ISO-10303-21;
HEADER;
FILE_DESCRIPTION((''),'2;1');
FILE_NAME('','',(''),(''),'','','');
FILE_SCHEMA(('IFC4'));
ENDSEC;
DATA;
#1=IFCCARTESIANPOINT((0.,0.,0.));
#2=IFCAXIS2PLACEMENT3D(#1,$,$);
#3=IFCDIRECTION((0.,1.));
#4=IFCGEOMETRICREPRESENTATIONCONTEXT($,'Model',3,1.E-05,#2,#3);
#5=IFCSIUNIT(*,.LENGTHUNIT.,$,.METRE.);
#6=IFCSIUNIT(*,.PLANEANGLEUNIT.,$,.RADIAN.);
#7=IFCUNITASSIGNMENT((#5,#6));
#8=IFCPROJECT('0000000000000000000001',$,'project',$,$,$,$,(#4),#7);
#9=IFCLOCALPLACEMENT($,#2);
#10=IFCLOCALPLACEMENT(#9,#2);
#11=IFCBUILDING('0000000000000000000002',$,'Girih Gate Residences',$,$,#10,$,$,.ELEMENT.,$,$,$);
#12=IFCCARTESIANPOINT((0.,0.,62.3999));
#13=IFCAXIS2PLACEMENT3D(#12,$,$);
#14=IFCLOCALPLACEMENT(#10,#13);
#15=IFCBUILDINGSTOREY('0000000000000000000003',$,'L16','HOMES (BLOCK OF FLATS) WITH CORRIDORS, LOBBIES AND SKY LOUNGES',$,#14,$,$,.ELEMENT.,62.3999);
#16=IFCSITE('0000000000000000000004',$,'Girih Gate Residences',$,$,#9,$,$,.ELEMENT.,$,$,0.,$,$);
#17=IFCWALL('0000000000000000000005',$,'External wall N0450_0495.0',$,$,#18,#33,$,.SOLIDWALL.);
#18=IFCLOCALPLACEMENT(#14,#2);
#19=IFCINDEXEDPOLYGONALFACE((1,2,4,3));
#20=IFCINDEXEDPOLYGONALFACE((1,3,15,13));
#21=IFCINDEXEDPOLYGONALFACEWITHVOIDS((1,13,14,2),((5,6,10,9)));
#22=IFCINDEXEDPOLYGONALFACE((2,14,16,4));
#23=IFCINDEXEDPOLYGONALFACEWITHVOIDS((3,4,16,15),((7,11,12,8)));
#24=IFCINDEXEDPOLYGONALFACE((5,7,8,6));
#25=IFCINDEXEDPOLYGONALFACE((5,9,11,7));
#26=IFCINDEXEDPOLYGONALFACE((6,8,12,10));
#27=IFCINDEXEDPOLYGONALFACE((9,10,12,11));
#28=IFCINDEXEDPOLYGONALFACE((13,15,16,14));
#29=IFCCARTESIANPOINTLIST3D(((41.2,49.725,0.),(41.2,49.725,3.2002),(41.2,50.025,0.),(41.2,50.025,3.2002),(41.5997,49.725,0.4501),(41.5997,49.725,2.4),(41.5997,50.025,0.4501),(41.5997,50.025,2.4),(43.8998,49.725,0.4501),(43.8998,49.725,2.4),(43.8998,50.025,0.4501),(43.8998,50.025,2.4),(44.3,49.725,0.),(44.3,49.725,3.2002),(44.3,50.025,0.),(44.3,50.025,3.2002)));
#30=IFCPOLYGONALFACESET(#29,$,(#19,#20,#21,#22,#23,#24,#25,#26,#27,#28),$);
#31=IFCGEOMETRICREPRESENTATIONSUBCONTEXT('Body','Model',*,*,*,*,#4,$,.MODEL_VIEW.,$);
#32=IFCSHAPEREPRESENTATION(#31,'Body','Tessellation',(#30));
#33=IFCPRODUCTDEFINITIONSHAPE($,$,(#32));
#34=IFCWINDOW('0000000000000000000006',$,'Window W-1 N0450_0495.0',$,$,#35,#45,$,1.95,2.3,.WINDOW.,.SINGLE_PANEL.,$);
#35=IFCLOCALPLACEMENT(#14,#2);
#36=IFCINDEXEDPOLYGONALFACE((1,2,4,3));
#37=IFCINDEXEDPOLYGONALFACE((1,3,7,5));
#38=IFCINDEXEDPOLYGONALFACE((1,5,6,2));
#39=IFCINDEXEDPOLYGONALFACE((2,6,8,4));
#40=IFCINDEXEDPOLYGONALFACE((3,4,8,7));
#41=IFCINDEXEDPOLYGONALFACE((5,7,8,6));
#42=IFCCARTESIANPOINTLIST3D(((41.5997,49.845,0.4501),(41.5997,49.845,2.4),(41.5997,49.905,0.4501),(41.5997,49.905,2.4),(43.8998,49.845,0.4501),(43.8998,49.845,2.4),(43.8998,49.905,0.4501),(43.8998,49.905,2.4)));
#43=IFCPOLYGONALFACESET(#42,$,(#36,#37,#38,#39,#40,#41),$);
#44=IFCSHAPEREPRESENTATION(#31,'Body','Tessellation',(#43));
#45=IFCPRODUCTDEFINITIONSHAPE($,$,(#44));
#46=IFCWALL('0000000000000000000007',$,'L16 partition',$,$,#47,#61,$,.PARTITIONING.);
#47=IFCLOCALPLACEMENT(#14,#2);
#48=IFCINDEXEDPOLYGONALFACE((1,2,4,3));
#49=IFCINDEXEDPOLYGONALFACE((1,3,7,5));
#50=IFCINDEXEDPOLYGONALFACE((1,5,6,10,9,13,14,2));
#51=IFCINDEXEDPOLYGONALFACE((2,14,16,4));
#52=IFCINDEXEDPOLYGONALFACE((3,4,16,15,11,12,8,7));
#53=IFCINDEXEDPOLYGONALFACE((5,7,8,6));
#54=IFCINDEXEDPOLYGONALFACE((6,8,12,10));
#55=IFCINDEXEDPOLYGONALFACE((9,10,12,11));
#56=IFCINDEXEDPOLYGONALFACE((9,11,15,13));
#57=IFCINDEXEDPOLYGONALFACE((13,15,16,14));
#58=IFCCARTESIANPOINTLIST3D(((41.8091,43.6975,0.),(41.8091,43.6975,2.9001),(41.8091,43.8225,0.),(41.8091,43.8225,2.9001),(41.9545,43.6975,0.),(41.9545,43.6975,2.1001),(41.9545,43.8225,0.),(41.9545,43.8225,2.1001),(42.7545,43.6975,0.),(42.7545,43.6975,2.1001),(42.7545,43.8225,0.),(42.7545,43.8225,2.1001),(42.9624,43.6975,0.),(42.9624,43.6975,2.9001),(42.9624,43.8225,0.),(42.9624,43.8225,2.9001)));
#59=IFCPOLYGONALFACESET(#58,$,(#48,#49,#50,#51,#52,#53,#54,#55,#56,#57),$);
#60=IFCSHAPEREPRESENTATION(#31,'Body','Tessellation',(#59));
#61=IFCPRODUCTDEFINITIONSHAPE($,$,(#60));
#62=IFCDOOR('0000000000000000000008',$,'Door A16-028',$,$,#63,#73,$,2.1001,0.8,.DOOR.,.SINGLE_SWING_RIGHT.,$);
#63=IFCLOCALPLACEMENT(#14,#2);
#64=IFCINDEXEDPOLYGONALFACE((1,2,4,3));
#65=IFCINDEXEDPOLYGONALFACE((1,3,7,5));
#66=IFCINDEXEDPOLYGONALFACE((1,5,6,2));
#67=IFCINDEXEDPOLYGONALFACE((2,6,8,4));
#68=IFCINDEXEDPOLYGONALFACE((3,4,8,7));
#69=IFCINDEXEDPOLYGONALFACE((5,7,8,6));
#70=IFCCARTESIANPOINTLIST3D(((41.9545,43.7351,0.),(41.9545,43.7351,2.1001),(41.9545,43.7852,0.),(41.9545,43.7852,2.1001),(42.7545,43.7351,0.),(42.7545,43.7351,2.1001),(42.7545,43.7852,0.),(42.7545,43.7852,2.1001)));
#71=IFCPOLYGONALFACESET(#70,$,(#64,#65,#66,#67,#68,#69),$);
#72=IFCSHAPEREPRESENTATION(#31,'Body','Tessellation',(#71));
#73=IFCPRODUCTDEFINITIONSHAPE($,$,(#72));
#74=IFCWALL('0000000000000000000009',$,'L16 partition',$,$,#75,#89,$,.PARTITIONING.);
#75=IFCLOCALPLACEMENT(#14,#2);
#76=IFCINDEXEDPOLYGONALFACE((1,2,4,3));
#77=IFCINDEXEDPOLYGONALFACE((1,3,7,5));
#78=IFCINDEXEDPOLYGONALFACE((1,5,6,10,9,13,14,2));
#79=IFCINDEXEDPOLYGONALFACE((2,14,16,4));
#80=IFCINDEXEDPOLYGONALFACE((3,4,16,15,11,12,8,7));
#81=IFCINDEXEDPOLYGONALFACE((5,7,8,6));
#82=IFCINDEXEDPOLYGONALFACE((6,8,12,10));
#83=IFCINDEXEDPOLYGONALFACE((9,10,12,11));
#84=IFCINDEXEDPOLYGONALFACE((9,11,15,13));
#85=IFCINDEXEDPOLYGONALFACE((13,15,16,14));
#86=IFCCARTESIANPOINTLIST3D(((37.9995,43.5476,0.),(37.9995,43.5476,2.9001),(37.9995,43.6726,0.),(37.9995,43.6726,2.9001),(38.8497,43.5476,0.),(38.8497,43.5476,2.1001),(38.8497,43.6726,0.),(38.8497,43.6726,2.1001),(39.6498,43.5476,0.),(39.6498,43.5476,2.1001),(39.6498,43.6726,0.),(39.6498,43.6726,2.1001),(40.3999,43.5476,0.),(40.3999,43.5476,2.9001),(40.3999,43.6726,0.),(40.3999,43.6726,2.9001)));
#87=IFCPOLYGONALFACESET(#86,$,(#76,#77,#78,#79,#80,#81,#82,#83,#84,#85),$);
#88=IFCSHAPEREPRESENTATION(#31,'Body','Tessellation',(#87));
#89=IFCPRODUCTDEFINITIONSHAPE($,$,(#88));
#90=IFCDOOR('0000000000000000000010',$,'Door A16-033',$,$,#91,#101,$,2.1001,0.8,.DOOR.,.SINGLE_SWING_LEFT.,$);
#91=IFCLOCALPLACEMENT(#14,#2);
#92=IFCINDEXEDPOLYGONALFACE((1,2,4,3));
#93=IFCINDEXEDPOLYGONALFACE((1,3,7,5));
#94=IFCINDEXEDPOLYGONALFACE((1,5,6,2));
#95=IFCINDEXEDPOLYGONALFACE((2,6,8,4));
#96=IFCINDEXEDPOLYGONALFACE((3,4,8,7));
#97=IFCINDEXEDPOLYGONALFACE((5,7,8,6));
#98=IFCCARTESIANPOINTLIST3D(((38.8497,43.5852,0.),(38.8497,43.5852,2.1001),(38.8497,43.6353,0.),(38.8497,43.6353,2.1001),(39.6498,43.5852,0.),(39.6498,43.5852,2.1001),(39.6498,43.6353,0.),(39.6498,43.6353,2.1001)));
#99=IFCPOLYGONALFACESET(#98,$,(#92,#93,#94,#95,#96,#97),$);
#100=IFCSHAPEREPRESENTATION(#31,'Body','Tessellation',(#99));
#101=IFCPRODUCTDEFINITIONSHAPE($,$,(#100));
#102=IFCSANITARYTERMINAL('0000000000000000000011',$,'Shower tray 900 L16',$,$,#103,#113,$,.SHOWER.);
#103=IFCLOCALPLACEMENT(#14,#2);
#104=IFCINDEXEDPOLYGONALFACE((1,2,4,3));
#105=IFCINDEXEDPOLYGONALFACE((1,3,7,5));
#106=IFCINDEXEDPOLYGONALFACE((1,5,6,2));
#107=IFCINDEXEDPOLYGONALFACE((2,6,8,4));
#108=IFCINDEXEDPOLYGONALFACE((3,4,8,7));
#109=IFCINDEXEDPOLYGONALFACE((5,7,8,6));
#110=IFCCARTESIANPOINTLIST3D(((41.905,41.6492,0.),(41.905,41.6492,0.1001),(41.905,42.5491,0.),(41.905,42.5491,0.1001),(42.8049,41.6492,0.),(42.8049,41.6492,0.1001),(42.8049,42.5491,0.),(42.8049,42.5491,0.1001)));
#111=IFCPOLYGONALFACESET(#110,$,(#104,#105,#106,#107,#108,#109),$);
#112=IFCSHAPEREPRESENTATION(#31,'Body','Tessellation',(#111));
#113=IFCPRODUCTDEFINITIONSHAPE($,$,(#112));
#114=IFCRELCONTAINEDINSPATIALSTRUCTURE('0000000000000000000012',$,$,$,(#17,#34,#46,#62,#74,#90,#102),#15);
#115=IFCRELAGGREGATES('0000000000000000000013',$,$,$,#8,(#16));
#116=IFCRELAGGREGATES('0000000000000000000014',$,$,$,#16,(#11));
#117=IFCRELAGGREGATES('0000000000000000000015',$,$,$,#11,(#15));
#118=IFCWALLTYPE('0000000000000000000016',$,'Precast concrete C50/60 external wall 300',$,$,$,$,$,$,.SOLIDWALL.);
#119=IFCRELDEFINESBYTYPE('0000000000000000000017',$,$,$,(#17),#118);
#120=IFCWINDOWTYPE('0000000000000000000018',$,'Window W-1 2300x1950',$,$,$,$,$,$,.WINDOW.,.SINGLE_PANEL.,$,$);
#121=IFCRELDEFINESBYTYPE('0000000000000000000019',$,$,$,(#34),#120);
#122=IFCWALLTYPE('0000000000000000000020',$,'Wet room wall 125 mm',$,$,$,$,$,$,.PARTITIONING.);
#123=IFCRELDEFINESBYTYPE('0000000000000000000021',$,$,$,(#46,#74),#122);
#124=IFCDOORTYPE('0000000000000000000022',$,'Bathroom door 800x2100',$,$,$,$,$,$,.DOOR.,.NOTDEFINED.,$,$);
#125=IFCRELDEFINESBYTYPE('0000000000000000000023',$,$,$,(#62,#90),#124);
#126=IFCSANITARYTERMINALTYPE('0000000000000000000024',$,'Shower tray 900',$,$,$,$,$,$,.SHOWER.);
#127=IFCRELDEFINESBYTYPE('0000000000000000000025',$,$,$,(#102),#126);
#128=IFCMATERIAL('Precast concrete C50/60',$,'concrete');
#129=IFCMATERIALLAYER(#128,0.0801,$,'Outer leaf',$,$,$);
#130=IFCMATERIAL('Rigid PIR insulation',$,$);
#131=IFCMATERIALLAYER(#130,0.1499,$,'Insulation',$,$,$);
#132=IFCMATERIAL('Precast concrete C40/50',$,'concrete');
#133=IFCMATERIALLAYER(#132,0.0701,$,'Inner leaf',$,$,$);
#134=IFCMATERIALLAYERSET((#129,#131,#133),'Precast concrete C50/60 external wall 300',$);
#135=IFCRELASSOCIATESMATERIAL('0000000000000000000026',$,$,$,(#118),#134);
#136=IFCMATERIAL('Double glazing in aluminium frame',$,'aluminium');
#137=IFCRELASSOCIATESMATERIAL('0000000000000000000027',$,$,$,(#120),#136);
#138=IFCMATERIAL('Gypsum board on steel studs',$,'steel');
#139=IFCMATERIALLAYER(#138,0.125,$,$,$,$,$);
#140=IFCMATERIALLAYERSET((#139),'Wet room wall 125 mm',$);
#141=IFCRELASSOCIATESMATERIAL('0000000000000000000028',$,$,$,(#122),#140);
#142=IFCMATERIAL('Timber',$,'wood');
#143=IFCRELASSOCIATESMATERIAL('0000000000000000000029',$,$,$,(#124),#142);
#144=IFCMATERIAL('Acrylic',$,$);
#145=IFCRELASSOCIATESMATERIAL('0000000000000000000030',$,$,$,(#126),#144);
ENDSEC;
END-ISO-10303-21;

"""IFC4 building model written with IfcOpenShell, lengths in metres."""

from ifc_helpers import new_model, si_unit, direction, frame, frame_2d, origin, origin_2d, place, context, subcontext, project, spatial, rectangle, extrude, material, layer, layer_set, type_object, element, fill, save


model = new_model("IFC4")

# Units and contexts
model_context = context("Model", 3, precision=1e-05, world=origin(), true_north=direction((0.0, 1.0)))
body_context = subcontext(model_context, "Body", "Model", "MODEL_VIEW")
ifc_project = project(units=[si_unit("LENGTHUNIT", "METRE"), si_unit("PLANEANGLEUNIT", "RADIAN")], contexts=[model_context])

# Site, building, storey
site_placement = place(None, origin())
site = spatial("IfcSite", under=ifc_project, at=site_placement, Name="Girih Gate Residences", CompositionType="ELEMENT", RefElevation=0.0)
building_placement = place(site_placement, origin())
building = spatial("IfcBuilding", under=site, at=building_placement, Name="Girih Gate Residences", CompositionType="ELEMENT")
storey_placement = place(building_placement, frame((0.0, 0.0, 62.3999)))
storey = spatial("IfcBuildingStorey", under=building, at=storey_placement, Name="L16", Description="HOMES (BLOCK OF FLATS) WITH CORRIDORS, LOBBIES AND SKY LOUNGES", CompositionType="ELEMENT", Elevation=62.3999)

# Shared definitions
ifc_material_1 = material(Name="Gypsum board on steel studs", Category="steel")
ifc_material_2 = material(Name="Timber", Category="wood")

# Wall, opening, window
ifc_material_3 = material(Name="Precast concrete C50/60", Category="concrete")
ifc_layer_1 = layer(ifc_material_3, 0.0801, Name="Outer leaf")
ifc_material_4 = material(Name="Rigid PIR insulation")
ifc_layer_2 = layer(ifc_material_4, 0.1499, Name="Insulation")
ifc_material_5 = material(Name="Precast concrete C40/50", Category="concrete")
ifc_layer_3 = layer(ifc_material_5, 0.0701, Name="Inner leaf")
ifc_layer_set_1 = layer_set([ifc_layer_1, ifc_layer_2, ifc_layer_3], Name="Precast concrete C50/60 external wall 300")
wall_type_1 = type_object("IfcWallType", Name="Precast concrete C50/60 external wall 300", PredefinedType="SOLIDWALL", material=ifc_layer_set_1)
wall_1_placement = place(storey_placement, frame((41.2, 49.875, 0.0), z_axis=(0.0, 0.0, 1.0), x_axis=(1.0, 0.0, 0.0)))
wall_1 = element("IfcWall", 1, at=wall_1_placement, inside=storey, type_object=wall_type_1, Name="External wall N0450_0495.0", PredefinedType="SOLIDWALL", context=body_context, shape_type="SweptSolid", body=[
    extrude(rectangle(XDim=3.1001, YDim=0.3, at=frame_2d((1.55, 0.0))), origin(), (0.0, 0.0, 1.0), 3.2002),
])
opening_1_placement = place(wall_1_placement, frame((0.3999, 0.0, 0.45)))
opening_1 = element("IfcOpeningElement", 2, at=opening_1_placement, cuts=wall_1, PredefinedType="OPENING", context=body_context, shape_type="SweptSolid", body=[
    extrude(rectangle(XDim=2.3, YDim=1.95, at=frame_2d((1.1499, 0.9751))), frame((0.0, 0.1599, 0.0), z_axis=(0.0, -1.0, 0.0), x_axis=(1.0, 0.0, 0.0)), (0.0, 0.0, 1.0), 0.3201),
])
ifc_material_6 = material(Name="Double glazing in aluminium frame", Category="aluminium")
window_type = type_object("IfcWindowType", Name="Window W-1 2300x1950", PartitioningType="SINGLE_PANEL", PredefinedType="WINDOW", material=ifc_material_6)
window_placement = place(opening_1_placement, origin())
window = element("IfcWindow", 3, at=window_placement, inside=storey, type_object=window_type, Name="Window W-1 N0450_0495.0", OverallHeight=1.95, OverallWidth=2.3, PartitioningType="SINGLE_PANEL", PredefinedType="WINDOW", context=body_context, shape_type="SweptSolid", body=[
    extrude(rectangle(XDim=2.3, YDim=1.95, at=frame_2d((1.1499, 0.9751))), frame((0.0, 0.03, 0.0), z_axis=(0.0, -1.0, 0.0), x_axis=(1.0, 0.0, 0.0)), (0.0, 0.0, 1.0), 0.0601),
])
fill(opening_1, window)

# Walls, openings, doors
ifc_layer_4 = layer(ifc_material_1, 0.125)
ifc_layer_set_2 = layer_set([ifc_layer_4], Name="Wet room wall 125 mm")
wall_type_2 = type_object("IfcWallType", Name="Wet room wall 125 mm", PredefinedType="PARTITIONING", material=ifc_layer_set_2)
wall_2_placement = place(storey_placement, frame((42.9624, 43.76, 0.0), z_axis=(0.0, 0.0, 1.0), x_axis=(-1.0, 0.0, 0.0)))
wall_2 = element("IfcWall", 4, at=wall_2_placement, inside=storey, type_object=wall_type_2, Name="L16 partition", PredefinedType="PARTITIONING", context=body_context, shape_type="SweptSolid", body=[
    extrude(rectangle(XDim=1.1533, YDim=0.125, at=frame_2d((0.5767, 0.0))), origin(), (0.0, 0.0, 1.0), 2.9001),
])
opening_2_placement = place(wall_2_placement, frame((0.208, 0.0, 0.0)))
opening_2 = element("IfcOpeningElement", 5, at=opening_2_placement, cuts=wall_2, PredefinedType="OPENING", context=body_context, shape_type="SweptSolid", body=[
    extrude(rectangle(XDim=0.8, YDim=2.1001, at=frame_2d((0.3999, 1.05))), frame((0.0, 0.0725, 0.0), z_axis=(0.0, -1.0, 0.0), x_axis=(1.0, 0.0, 0.0)), (0.0, 0.0, 1.0), 0.145),
])
door_type_1 = type_object("IfcDoorType", Name="Bathroom door 800x2100", OperationType="NOTDEFINED", PredefinedType="DOOR", material=ifc_material_2)
door_1_placement = place(opening_2_placement, origin())
door_1 = element("IfcDoor", 6, at=door_1_placement, inside=storey, type_object=door_type_1, Name="Door A16-028", OperationType="SINGLE_SWING_RIGHT", OverallHeight=2.1001, OverallWidth=0.8, PredefinedType="DOOR", context=body_context, shape_type="SweptSolid", body=[
    extrude(rectangle(XDim=0.8, YDim=2.1001, at=frame_2d((0.3999, 1.05))), frame((0.0, 0.0249, 0.0), z_axis=(0.0, -1.0, 0.0), x_axis=(1.0, 0.0, 0.0)), (0.0, 0.0, 1.0), 0.05),
])
fill(opening_2, door_1)
wall_3_placement = place(storey_placement, frame((40.3999, 43.6101, 0.0), z_axis=(0.0, 0.0, 1.0), x_axis=(-1.0, 0.0, 0.0)))
wall_3 = element("IfcWall", 7, at=wall_3_placement, inside=storey, type_object=wall_type_2, Name="L16 partition", PredefinedType="PARTITIONING", context=body_context, shape_type="SweptSolid", body=[
    extrude(rectangle(XDim=2.4004, YDim=0.125, at=frame_2d((1.2002, 0.0))), origin(), (0.0, 0.0, 1.0), 2.9001),
])
opening_3_placement = place(wall_3_placement, frame((0.7502, 0.0, 0.0)))
opening_3 = element("IfcOpeningElement", 8, at=opening_3_placement, cuts=wall_3, PredefinedType="OPENING", context=body_context, shape_type="SweptSolid", body=[
    extrude(rectangle(XDim=0.8, YDim=2.1001, at=frame_2d((0.3999, 1.05))), frame((0.0, 0.0725, 0.0), z_axis=(0.0, -1.0, 0.0), x_axis=(1.0, 0.0, 0.0)), (0.0, 0.0, 1.0), 0.145),
])
door_2_placement = place(opening_3_placement, origin())
door_2 = element("IfcDoor", 9, at=door_2_placement, inside=storey, type_object=door_type_1, Name="Door A16-033", OperationType="SINGLE_SWING_LEFT", OverallHeight=2.1001, OverallWidth=0.8, PredefinedType="DOOR", context=body_context, shape_type="SweptSolid", body=[
    extrude(rectangle(XDim=0.8, YDim=2.1001, at=frame_2d((0.3999, 1.05))), frame((0.0, 0.0249, 0.0), z_axis=(0.0, -1.0, 0.0), x_axis=(1.0, 0.0, 0.0)), (0.0, 0.0, 1.0), 0.05),
])
fill(opening_3, door_2)

# Sanitary terminal
ifc_material_7 = material(Name="Acrylic")
sanitary_terminal_type = type_object("IfcSanitaryTerminalType", Name="Shower tray 900", PredefinedType="SHOWER", material=ifc_material_7)
sanitary_terminal_placement = place(storey_placement, frame((42.355, 42.0991, 0.0), z_axis=(0.0, 0.0, 1.0), x_axis=(1.0, 0.0, 0.0)))
element("IfcSanitaryTerminal", 10, at=sanitary_terminal_placement, inside=storey, type_object=sanitary_terminal_type, Name="Shower tray 900 L16", PredefinedType="SHOWER", context=body_context, shape_type="SweptSolid", body=[
    extrude(rectangle(XDim=0.8999, YDim=0.8999, at=origin_2d()), origin(), (0.0, 0.0, 1.0), 0.1001),
])

save(model, "model.ifc")
